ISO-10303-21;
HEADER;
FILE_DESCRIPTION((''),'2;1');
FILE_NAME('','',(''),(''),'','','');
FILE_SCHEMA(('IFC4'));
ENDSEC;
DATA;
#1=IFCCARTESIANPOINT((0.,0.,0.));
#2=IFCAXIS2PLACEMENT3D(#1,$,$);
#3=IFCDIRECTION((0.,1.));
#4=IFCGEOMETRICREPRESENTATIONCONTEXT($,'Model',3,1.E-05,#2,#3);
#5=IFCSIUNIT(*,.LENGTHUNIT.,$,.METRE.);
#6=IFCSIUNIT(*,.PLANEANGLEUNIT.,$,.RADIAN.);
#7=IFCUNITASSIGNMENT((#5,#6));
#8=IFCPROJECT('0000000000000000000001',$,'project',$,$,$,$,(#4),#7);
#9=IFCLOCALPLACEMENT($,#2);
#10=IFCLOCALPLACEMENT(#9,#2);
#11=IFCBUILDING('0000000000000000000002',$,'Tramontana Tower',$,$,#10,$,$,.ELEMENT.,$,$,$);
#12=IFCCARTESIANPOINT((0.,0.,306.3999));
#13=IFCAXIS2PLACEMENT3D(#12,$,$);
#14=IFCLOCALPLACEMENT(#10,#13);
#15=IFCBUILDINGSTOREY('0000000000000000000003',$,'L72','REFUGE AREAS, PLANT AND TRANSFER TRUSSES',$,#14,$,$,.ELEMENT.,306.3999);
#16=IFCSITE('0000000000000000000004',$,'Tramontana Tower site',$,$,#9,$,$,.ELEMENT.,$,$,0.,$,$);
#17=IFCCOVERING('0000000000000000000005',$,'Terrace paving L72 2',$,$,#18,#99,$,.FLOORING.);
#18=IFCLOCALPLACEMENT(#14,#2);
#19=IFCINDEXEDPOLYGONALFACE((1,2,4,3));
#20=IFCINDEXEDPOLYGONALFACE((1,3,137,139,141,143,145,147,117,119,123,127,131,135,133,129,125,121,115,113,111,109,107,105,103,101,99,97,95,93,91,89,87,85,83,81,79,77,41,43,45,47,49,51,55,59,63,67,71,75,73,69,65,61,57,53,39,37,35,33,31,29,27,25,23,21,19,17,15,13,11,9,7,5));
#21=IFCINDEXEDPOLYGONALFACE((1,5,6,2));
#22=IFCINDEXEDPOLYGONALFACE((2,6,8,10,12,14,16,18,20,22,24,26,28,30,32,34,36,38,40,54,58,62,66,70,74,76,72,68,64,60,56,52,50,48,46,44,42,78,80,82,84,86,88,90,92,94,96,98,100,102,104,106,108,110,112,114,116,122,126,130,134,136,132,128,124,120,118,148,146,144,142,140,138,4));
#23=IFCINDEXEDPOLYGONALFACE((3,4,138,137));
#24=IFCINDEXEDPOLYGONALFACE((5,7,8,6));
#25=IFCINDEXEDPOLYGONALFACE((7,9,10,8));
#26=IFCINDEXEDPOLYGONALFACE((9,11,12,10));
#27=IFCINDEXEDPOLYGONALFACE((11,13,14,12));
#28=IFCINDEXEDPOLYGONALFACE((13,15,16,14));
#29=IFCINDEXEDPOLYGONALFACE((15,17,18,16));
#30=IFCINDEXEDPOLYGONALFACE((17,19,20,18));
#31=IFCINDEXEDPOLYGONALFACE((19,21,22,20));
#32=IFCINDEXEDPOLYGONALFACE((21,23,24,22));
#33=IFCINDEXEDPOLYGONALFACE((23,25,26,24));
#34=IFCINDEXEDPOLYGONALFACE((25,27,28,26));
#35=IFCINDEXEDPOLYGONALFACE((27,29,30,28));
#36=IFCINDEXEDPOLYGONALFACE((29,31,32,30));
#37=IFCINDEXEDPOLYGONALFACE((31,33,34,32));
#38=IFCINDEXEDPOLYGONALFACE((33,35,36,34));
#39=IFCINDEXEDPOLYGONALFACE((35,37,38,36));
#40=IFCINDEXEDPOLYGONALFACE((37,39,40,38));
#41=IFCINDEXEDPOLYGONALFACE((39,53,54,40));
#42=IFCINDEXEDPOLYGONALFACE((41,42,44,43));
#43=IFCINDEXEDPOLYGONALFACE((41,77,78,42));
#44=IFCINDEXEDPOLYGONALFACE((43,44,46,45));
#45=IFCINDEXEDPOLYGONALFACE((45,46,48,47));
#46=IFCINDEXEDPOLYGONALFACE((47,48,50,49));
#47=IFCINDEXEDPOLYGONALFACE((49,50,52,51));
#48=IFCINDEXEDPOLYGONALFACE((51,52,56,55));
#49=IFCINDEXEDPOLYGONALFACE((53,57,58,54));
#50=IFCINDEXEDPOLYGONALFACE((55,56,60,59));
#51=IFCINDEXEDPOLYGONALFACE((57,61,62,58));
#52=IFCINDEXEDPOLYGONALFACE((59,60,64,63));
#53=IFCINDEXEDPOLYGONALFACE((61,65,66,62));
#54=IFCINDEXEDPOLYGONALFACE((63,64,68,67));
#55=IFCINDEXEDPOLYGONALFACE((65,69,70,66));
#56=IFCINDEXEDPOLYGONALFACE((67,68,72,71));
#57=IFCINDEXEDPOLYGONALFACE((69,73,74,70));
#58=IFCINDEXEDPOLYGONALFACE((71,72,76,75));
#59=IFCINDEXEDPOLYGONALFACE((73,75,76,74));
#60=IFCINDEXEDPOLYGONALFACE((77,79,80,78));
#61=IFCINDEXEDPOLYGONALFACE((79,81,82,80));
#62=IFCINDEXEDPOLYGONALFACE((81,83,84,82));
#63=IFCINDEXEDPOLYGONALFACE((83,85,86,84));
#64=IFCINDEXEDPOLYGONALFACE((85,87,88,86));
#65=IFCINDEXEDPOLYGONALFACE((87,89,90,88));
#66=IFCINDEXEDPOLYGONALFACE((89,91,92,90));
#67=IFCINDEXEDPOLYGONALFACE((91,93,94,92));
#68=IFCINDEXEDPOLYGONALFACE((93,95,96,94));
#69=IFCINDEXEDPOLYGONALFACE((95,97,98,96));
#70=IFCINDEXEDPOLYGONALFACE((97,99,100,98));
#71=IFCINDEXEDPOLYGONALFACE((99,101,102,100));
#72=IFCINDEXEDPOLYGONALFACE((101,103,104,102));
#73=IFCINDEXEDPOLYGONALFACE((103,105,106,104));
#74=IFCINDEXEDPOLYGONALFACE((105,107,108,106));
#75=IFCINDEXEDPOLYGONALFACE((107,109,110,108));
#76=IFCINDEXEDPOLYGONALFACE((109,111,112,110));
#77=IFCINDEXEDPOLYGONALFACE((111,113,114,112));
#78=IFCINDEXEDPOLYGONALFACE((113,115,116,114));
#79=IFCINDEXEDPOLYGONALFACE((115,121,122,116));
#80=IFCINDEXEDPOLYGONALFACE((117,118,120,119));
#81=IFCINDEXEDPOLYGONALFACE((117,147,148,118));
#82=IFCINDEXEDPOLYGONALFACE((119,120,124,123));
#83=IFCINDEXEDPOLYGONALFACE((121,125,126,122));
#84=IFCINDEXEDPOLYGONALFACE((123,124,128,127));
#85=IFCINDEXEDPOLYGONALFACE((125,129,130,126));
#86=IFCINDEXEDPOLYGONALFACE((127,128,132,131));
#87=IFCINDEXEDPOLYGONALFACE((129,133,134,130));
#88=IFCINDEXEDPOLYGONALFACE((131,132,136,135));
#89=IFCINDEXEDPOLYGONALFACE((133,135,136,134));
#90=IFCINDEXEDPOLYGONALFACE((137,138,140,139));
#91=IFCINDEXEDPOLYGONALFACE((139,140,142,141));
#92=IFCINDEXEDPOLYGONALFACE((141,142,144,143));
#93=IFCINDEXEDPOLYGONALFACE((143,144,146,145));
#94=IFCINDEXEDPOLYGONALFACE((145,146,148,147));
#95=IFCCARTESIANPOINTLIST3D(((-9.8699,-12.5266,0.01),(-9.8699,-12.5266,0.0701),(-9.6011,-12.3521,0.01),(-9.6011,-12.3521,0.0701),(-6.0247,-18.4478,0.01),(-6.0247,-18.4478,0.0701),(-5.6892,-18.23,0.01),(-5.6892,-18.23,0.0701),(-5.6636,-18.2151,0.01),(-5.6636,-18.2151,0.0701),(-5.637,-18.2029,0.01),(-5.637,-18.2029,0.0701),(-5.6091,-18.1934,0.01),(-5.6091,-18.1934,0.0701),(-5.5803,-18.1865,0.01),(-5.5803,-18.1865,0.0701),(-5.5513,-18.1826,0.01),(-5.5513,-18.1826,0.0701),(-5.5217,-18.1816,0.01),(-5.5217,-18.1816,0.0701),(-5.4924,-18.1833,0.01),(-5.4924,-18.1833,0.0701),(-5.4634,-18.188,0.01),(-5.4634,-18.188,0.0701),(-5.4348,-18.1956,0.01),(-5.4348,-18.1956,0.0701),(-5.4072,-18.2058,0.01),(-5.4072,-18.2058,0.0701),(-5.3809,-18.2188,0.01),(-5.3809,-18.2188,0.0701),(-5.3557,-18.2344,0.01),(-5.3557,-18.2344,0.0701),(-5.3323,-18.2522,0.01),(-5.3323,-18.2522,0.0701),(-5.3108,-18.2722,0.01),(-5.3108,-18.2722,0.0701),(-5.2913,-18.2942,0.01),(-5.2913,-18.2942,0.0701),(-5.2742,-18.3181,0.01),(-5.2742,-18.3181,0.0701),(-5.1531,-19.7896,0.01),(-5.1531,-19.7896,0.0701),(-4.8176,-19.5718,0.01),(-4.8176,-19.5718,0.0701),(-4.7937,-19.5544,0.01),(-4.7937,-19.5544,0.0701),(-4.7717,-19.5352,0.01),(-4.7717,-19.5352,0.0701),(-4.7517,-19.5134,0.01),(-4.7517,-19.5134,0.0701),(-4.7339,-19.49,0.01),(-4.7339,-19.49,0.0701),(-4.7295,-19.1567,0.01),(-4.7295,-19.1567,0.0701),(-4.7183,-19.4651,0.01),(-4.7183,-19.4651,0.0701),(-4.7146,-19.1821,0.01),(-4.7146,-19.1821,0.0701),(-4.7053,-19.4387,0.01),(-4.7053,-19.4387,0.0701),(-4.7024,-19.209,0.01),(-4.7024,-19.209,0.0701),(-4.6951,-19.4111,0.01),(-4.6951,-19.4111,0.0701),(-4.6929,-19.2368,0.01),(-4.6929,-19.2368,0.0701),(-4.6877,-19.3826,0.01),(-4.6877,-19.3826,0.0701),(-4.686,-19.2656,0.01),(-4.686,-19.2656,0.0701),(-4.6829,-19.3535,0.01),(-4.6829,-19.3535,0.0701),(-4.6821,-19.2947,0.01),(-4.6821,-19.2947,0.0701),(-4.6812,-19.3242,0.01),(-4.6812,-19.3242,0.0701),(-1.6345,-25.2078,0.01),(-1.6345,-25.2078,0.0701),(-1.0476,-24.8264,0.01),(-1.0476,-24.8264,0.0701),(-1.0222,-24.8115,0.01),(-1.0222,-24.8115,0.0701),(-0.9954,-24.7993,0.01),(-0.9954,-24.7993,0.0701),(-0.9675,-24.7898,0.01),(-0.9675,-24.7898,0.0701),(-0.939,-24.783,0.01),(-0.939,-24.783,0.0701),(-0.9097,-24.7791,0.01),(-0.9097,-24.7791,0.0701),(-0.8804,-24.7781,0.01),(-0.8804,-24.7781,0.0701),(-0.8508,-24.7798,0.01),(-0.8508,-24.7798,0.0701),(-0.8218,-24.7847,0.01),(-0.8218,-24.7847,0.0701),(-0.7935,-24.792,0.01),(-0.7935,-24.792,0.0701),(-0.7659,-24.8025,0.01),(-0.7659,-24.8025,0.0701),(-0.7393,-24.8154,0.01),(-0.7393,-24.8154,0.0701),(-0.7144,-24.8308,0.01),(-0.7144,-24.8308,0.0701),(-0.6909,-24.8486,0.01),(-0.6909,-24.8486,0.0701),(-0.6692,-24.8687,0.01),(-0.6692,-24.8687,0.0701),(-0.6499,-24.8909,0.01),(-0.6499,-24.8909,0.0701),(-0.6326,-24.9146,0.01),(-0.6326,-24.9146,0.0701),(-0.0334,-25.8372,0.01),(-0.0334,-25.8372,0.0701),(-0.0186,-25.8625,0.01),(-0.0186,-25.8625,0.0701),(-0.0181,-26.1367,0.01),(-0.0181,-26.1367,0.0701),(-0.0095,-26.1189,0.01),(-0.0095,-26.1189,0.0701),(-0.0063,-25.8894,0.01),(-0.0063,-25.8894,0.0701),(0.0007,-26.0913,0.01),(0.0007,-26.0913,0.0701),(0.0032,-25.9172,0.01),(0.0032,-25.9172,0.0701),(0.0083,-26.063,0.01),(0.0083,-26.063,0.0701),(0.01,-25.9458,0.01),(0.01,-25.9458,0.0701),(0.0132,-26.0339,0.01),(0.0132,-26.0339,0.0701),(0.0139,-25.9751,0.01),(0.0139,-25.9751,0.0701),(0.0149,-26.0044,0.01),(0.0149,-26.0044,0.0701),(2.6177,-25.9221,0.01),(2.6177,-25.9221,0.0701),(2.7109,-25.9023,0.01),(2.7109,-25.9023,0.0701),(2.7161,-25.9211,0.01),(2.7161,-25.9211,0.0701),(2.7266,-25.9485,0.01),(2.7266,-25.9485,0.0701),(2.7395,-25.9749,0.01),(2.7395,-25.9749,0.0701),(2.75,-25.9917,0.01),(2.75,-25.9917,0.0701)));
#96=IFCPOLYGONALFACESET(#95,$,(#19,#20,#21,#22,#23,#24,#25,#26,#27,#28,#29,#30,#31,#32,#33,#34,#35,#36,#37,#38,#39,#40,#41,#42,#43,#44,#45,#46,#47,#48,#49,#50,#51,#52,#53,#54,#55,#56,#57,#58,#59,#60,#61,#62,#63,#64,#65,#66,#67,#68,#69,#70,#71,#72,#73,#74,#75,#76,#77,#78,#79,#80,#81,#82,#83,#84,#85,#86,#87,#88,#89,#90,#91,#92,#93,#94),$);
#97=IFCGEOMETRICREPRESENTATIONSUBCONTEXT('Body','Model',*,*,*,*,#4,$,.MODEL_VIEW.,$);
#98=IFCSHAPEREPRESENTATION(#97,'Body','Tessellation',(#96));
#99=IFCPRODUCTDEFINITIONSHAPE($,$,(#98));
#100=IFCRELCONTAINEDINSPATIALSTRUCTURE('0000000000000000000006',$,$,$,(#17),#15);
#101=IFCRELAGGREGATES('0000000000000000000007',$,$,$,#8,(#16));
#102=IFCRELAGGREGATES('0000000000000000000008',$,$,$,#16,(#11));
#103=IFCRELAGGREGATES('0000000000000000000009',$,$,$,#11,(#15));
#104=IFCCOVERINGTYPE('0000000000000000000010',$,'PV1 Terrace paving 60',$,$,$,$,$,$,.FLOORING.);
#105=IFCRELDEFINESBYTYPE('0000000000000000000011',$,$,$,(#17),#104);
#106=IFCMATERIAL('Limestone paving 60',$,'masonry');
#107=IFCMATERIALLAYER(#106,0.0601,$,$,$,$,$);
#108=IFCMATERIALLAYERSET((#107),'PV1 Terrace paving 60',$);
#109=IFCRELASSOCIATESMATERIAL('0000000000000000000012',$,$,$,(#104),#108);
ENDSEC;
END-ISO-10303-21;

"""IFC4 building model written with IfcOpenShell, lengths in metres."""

from ifc_helpers import new_model, si_unit, direction, frame, origin, place, context, subcontext, project, spatial, polyline, outline, extrude, material, layer, layer_set, type_object, element, save


model = new_model("IFC4")

# Units and contexts
model_context = context("Model", 3, precision=1e-05, world=origin(), true_north=direction((0.0, 1.0)))
body_context = subcontext(model_context, "Body", "Model", "MODEL_VIEW")
ifc_project = project(units=[si_unit("LENGTHUNIT", "METRE"), si_unit("PLANEANGLEUNIT", "RADIAN")], contexts=[model_context])

# Site, building, storey
site_placement = place(None, origin())
site = spatial("IfcSite", under=ifc_project, at=site_placement, Name="Tramontana Tower site", CompositionType="ELEMENT", RefElevation=0.0)
building_placement = place(site_placement, origin())
building = spatial("IfcBuilding", under=site, at=building_placement, Name="Tramontana Tower", CompositionType="ELEMENT")
storey_placement = place(building_placement, frame((0.0, 0.0, 306.3999)))
storey = spatial("IfcBuildingStorey", under=building, at=storey_placement, Name="L72", Description="REFUGE AREAS, PLANT AND TRANSFER TRUSSES", CompositionType="ELEMENT", Elevation=306.3999)

# Covering
ifc_material_1 = material(Name="Limestone paving 60", Category="masonry")
ifc_layer_1 = layer(ifc_material_1, 0.0601)
ifc_layer_set_1 = layer_set([ifc_layer_1], Name="PV1 Terrace paving 60")
covering_type_1 = type_object("IfcCoveringType", Name="PV1 Terrace paving 60", PredefinedType="FLOORING", material=ifc_layer_set_1)
covering_1_placement = place(storey_placement, frame((0.0, 0.0, 0.01)))
element("IfcCovering", 1, at=covering_1_placement, inside=storey, type_object=covering_type_1, Name="Terrace paving L72 2", PredefinedType="FLOORING", context=body_context, shape_type="SweptSolid", body=[
    extrude(outline(polyline([(-0.0181, -26.1367), (-0.0095, -26.1189), (0.0007, -26.0913), (0.0083, -26.063), (0.0132, -26.0339), (0.0149, -26.0044), (0.0139, -25.9751), (0.01, -25.9458), (0.0032, -25.9172), (-0.0063, -25.8894), (-0.0186, -25.8625), (-0.0334, -25.8372), (-0.6326, -24.9146), (-0.6499, -24.8909), (-0.6692, -24.8687), (-0.6909, -24.8486), (-0.7144, -24.8308), (-0.7393, -24.8154), (-0.7659, -24.8025), (-0.7935, -24.792), (-0.8218, -24.7847), (-0.8508, -24.7798), (-0.8804, -24.7781), (-0.9097, -24.7791), (-0.939, -24.783), (-0.9675, -24.7898), (-0.9954, -24.7993), (-1.0222, -24.8115), (-1.0476, -24.8264), (-1.6345, -25.2078), (-5.1531, -19.7896), (-4.8176, -19.5718), (-4.7937, -19.5544), (-4.7717, -19.5352), (-4.7517, -19.5134), (-4.7339, -19.49), (-4.7183, -19.4651), (-4.7053, -19.4387), (-4.6951, -19.4111), (-4.6877, -19.3826), (-4.6829, -19.3535), (-4.6812, -19.3242), (-4.6821, -19.2947), (-4.686, -19.2656), (-4.6929, -19.2368), (-4.7024, -19.209), (-4.7146, -19.1821), (-4.7295, -19.1567), (-5.2742, -18.3181), (-5.2913, -18.2942), (-5.3108, -18.2722), (-5.3323, -18.2522), (-5.3557, -18.2344), (-5.3809, -18.2188), (-5.4072, -18.2058), (-5.4348, -18.1956), (-5.4634, -18.188), (-5.4924, -18.1833), (-5.5217, -18.1816), (-5.5513, -18.1826), (-5.5803, -18.1865), (-5.6091, -18.1934), (-5.637, -18.2029), (-5.6636, -18.2151), (-5.6892, -18.23), (-6.0247, -18.4478), (-9.8699, -12.5266), (-9.6011, -12.3521), (2.6177, -25.9221), (2.7109, -25.9023), (2.7161, -25.9211), (2.7266, -25.9485), (2.7395, -25.9749), (2.75, -25.9917), (-0.0181, -26.1367)])), origin(), (0.0, 0.0, 1.0), 0.0601),
])

save(model, "model.ifc")
